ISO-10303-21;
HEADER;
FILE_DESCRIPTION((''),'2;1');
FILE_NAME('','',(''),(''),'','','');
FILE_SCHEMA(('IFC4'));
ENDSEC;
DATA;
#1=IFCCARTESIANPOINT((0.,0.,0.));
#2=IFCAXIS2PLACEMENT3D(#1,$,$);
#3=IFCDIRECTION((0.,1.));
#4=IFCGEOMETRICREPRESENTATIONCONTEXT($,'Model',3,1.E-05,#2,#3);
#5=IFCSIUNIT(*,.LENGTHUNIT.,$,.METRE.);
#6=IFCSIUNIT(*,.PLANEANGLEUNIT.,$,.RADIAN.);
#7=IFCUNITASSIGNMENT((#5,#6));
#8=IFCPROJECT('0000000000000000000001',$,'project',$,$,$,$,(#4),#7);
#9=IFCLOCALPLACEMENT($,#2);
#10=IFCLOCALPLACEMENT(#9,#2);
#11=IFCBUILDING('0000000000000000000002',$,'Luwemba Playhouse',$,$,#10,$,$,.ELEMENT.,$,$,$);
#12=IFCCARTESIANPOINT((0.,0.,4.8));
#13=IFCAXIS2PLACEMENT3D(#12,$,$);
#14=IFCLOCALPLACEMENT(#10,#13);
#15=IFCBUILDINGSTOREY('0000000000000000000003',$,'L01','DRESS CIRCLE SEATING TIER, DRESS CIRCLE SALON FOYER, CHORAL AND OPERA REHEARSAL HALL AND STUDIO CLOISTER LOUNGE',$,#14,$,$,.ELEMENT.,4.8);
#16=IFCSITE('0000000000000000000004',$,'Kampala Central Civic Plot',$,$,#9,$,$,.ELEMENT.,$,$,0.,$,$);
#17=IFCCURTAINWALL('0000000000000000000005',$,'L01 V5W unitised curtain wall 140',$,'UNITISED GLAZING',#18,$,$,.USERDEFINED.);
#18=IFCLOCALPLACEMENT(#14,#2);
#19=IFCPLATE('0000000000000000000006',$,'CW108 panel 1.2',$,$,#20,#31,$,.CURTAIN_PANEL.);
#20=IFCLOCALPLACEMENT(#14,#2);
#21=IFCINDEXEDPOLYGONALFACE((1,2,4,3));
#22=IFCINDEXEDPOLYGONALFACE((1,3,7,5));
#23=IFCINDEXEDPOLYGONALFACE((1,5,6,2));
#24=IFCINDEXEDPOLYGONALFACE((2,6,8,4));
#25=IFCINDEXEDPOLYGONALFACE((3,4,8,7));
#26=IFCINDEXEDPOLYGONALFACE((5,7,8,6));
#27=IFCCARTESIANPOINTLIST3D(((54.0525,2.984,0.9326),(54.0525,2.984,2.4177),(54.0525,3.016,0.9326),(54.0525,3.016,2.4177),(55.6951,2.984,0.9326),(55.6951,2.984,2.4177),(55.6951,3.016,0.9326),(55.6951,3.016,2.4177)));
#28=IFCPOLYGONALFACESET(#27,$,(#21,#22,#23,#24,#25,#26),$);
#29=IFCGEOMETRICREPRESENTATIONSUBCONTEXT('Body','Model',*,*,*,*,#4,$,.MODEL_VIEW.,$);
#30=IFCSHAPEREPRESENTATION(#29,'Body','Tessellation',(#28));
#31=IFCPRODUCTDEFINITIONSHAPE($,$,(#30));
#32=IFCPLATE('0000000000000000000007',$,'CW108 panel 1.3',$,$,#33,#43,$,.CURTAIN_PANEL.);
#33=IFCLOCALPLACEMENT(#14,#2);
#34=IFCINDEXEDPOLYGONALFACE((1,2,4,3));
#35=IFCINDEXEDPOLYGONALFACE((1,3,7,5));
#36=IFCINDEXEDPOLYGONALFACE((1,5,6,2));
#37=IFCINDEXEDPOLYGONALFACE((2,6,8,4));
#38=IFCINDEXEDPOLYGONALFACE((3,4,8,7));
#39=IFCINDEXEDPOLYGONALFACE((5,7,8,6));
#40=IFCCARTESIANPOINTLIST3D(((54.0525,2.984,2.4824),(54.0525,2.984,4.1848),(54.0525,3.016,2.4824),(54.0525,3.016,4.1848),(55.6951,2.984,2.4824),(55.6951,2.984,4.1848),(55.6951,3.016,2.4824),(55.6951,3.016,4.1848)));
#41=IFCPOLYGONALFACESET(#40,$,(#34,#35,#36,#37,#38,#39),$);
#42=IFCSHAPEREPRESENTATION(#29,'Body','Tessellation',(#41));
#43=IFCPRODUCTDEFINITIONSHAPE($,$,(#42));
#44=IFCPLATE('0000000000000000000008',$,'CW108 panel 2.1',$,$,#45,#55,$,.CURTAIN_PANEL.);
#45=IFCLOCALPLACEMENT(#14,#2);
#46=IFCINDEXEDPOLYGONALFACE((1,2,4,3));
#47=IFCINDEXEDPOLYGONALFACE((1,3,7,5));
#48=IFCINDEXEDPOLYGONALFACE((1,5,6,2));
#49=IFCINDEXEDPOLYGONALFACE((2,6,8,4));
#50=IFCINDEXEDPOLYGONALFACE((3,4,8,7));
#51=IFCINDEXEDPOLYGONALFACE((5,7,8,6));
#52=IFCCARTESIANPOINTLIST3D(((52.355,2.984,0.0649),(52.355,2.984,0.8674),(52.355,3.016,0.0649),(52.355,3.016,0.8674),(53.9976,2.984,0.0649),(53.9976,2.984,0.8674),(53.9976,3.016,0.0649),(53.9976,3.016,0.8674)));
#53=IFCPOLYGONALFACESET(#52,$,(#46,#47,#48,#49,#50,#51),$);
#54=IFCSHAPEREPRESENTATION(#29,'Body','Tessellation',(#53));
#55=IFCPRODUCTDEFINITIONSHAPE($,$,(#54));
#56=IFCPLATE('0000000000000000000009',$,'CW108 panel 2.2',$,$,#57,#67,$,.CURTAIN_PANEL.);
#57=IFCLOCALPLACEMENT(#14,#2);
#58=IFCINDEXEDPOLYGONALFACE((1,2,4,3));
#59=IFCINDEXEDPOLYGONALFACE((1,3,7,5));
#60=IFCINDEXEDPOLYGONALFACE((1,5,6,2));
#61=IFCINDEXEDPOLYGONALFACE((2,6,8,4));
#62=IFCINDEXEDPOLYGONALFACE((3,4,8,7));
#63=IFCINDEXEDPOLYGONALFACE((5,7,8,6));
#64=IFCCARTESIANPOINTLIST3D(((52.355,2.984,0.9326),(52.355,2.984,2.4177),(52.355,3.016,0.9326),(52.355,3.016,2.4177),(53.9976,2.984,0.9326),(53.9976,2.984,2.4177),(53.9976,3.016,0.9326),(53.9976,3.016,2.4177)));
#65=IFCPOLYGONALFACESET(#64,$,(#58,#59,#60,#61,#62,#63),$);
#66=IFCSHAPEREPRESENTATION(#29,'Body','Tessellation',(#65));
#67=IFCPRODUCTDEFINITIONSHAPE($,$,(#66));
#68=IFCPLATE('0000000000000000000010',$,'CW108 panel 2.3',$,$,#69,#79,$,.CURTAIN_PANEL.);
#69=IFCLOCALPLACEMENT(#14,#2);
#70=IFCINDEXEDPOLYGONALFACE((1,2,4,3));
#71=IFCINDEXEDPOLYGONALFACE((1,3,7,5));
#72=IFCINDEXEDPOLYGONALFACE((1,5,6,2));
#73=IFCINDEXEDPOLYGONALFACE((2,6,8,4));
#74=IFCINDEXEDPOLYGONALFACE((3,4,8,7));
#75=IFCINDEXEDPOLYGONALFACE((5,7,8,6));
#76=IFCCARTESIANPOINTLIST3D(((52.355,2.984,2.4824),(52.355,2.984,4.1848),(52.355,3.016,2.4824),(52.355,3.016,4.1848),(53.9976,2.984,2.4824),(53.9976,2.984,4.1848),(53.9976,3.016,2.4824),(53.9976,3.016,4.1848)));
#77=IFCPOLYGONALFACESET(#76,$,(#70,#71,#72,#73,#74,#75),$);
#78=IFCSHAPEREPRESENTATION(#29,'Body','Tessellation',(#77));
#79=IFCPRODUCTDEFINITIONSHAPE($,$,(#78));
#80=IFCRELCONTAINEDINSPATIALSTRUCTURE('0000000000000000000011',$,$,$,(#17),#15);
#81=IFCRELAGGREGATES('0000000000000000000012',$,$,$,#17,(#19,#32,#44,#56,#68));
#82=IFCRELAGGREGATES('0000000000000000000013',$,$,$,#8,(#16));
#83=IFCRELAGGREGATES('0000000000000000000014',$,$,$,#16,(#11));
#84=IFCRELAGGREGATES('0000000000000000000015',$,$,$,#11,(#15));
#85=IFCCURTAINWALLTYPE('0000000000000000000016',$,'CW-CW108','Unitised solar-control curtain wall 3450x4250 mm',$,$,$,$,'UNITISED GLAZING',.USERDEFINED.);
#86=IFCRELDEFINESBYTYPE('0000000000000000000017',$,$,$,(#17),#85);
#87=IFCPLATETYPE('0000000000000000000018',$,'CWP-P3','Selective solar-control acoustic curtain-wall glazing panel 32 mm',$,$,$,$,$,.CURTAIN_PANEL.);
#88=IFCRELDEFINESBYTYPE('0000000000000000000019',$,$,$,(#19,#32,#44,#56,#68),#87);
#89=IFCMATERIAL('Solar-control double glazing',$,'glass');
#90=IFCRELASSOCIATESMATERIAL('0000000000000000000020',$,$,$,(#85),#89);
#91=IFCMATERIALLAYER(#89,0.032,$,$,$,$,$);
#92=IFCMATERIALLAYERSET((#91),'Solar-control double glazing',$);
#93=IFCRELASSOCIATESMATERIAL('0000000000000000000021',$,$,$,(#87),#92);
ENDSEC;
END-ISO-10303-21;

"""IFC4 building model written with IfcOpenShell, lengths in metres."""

from ifc_helpers import new_model, si_unit, direction, frame, origin, origin_2d, place, context, subcontext, project, spatial, rectangle, extrude, material, layer, layer_set, type_object, element, aggregate, save


model = new_model("IFC4")

# Units and contexts
model_context = context("Model", 3, precision=1e-05, world=origin(), true_north=direction((0.0, 1.0)))
body_context = subcontext(model_context, "Body", "Model", "MODEL_VIEW")
ifc_project = project(units=[si_unit("LENGTHUNIT", "METRE"), si_unit("PLANEANGLEUNIT", "RADIAN")], contexts=[model_context])

# Site, building, storey
site_placement = place(None, origin())
site = spatial("IfcSite", under=ifc_project, at=site_placement, Name="Kampala Central Civic Plot", CompositionType="ELEMENT", RefElevation=0.0)
building_placement = place(site_placement, origin())
building = spatial("IfcBuilding", under=site, at=building_placement, Name="Luwemba Playhouse", CompositionType="ELEMENT")
storey_placement = place(building_placement, frame((0.0, 0.0, 4.8)))
storey = spatial("IfcBuildingStorey", under=building, at=storey_placement, Name="L01", Description="DRESS CIRCLE SEATING TIER, DRESS CIRCLE SALON FOYER, CHORAL AND OPERA REHEARSAL HALL AND STUDIO CLOISTER LOUNGE", CompositionType="ELEMENT", Elevation=4.8)

# Shared definitions
ifc_material_1 = material(Name="Solar-control double glazing", Category="glass")

# Curtain wall
curtain_wall_type_1 = type_object("IfcCurtainWallType", Name="CW-CW108", Description="Unitised solar-control curtain wall 3450x4250 mm", ElementType="UNITISED GLAZING", PredefinedType="USERDEFINED", material=ifc_material_1)
curtain_wall_1_placement = place(storey_placement, origin())
curtain_wall_1 = element("IfcCurtainWall", 1, at=curtain_wall_1_placement, inside=storey, type_object=curtain_wall_type_1, Name="L01 V5W unitised curtain wall 140", ObjectType="UNITISED GLAZING", PredefinedType="USERDEFINED")

# Plates
ifc_layer_1 = layer(ifc_material_1, 0.032)
ifc_layer_set_1 = layer_set([ifc_layer_1], Name="Solar-control double glazing")
plate_type_1 = type_object("IfcPlateType", Name="CWP-P3", Description="Selective solar-control acoustic curtain-wall glazing panel 32 mm", PredefinedType="CURTAIN_PANEL", material=ifc_layer_set_1)
plate_1_placement = place(storey_placement, frame((54.8738, 3.0, 0.9326), z_axis=(0.0, 0.0, 1.0), x_axis=(-1.0, 0.0, 0.0)))
plate_1 = element("IfcPlate", 2, at=plate_1_placement, type_object=plate_type_1, Name="CW108 panel 1.2", PredefinedType="CURTAIN_PANEL", context=body_context, shape_type="SweptSolid", body=[
    extrude(rectangle(XDim=1.6426, YDim=0.032, at=origin_2d()), origin(), (0.0, 0.0, 1.0), 1.4851),
])
plate_2_placement = place(storey_placement, frame((54.8738, 3.0, 2.4824), z_axis=(0.0, 0.0, 1.0), x_axis=(-1.0, 0.0, 0.0)))
plate_2 = element("IfcPlate", 3, at=plate_2_placement, type_object=plate_type_1, Name="CW108 panel 1.3", PredefinedType="CURTAIN_PANEL", context=body_context, shape_type="SweptSolid", body=[
    extrude(rectangle(XDim=1.6426, YDim=0.032, at=origin_2d()), origin(), (0.0, 0.0, 1.0), 1.7024),
])
plate_3_placement = place(storey_placement, frame((53.1763, 3.0, 0.0649), z_axis=(0.0, 0.0, 1.0), x_axis=(-1.0, 0.0, 0.0)))
plate_3 = element("IfcPlate", 4, at=plate_3_placement, type_object=plate_type_1, Name="CW108 panel 2.1", PredefinedType="CURTAIN_PANEL", context=body_context, shape_type="SweptSolid", body=[
    extrude(rectangle(XDim=1.6426, YDim=0.032, at=origin_2d()), origin(), (0.0, 0.0, 1.0), 0.8025),
])
plate_4_placement = place(storey_placement, frame((53.1763, 3.0, 0.9326), z_axis=(0.0, 0.0, 1.0), x_axis=(-1.0, 0.0, 0.0)))
plate_4 = element("IfcPlate", 5, at=plate_4_placement, type_object=plate_type_1, Name="CW108 panel 2.2", PredefinedType="CURTAIN_PANEL", context=body_context, shape_type="SweptSolid", body=[
    extrude(rectangle(XDim=1.6426, YDim=0.032, at=origin_2d()), origin(), (0.0, 0.0, 1.0), 1.4851),
])
plate_5_placement = place(storey_placement, frame((53.1763, 3.0, 2.4824), z_axis=(0.0, 0.0, 1.0), x_axis=(-1.0, 0.0, 0.0)))
plate_5 = element("IfcPlate", 6, at=plate_5_placement, type_object=plate_type_1, Name="CW108 panel 2.3", PredefinedType="CURTAIN_PANEL", context=body_context, shape_type="SweptSolid", body=[
    extrude(rectangle(XDim=1.6426, YDim=0.032, at=origin_2d()), origin(), (0.0, 0.0, 1.0), 1.7024),
])
aggregate(curtain_wall_1, [plate_1, plate_2, plate_3, plate_4, plate_5])

save(model, "model.ifc")
